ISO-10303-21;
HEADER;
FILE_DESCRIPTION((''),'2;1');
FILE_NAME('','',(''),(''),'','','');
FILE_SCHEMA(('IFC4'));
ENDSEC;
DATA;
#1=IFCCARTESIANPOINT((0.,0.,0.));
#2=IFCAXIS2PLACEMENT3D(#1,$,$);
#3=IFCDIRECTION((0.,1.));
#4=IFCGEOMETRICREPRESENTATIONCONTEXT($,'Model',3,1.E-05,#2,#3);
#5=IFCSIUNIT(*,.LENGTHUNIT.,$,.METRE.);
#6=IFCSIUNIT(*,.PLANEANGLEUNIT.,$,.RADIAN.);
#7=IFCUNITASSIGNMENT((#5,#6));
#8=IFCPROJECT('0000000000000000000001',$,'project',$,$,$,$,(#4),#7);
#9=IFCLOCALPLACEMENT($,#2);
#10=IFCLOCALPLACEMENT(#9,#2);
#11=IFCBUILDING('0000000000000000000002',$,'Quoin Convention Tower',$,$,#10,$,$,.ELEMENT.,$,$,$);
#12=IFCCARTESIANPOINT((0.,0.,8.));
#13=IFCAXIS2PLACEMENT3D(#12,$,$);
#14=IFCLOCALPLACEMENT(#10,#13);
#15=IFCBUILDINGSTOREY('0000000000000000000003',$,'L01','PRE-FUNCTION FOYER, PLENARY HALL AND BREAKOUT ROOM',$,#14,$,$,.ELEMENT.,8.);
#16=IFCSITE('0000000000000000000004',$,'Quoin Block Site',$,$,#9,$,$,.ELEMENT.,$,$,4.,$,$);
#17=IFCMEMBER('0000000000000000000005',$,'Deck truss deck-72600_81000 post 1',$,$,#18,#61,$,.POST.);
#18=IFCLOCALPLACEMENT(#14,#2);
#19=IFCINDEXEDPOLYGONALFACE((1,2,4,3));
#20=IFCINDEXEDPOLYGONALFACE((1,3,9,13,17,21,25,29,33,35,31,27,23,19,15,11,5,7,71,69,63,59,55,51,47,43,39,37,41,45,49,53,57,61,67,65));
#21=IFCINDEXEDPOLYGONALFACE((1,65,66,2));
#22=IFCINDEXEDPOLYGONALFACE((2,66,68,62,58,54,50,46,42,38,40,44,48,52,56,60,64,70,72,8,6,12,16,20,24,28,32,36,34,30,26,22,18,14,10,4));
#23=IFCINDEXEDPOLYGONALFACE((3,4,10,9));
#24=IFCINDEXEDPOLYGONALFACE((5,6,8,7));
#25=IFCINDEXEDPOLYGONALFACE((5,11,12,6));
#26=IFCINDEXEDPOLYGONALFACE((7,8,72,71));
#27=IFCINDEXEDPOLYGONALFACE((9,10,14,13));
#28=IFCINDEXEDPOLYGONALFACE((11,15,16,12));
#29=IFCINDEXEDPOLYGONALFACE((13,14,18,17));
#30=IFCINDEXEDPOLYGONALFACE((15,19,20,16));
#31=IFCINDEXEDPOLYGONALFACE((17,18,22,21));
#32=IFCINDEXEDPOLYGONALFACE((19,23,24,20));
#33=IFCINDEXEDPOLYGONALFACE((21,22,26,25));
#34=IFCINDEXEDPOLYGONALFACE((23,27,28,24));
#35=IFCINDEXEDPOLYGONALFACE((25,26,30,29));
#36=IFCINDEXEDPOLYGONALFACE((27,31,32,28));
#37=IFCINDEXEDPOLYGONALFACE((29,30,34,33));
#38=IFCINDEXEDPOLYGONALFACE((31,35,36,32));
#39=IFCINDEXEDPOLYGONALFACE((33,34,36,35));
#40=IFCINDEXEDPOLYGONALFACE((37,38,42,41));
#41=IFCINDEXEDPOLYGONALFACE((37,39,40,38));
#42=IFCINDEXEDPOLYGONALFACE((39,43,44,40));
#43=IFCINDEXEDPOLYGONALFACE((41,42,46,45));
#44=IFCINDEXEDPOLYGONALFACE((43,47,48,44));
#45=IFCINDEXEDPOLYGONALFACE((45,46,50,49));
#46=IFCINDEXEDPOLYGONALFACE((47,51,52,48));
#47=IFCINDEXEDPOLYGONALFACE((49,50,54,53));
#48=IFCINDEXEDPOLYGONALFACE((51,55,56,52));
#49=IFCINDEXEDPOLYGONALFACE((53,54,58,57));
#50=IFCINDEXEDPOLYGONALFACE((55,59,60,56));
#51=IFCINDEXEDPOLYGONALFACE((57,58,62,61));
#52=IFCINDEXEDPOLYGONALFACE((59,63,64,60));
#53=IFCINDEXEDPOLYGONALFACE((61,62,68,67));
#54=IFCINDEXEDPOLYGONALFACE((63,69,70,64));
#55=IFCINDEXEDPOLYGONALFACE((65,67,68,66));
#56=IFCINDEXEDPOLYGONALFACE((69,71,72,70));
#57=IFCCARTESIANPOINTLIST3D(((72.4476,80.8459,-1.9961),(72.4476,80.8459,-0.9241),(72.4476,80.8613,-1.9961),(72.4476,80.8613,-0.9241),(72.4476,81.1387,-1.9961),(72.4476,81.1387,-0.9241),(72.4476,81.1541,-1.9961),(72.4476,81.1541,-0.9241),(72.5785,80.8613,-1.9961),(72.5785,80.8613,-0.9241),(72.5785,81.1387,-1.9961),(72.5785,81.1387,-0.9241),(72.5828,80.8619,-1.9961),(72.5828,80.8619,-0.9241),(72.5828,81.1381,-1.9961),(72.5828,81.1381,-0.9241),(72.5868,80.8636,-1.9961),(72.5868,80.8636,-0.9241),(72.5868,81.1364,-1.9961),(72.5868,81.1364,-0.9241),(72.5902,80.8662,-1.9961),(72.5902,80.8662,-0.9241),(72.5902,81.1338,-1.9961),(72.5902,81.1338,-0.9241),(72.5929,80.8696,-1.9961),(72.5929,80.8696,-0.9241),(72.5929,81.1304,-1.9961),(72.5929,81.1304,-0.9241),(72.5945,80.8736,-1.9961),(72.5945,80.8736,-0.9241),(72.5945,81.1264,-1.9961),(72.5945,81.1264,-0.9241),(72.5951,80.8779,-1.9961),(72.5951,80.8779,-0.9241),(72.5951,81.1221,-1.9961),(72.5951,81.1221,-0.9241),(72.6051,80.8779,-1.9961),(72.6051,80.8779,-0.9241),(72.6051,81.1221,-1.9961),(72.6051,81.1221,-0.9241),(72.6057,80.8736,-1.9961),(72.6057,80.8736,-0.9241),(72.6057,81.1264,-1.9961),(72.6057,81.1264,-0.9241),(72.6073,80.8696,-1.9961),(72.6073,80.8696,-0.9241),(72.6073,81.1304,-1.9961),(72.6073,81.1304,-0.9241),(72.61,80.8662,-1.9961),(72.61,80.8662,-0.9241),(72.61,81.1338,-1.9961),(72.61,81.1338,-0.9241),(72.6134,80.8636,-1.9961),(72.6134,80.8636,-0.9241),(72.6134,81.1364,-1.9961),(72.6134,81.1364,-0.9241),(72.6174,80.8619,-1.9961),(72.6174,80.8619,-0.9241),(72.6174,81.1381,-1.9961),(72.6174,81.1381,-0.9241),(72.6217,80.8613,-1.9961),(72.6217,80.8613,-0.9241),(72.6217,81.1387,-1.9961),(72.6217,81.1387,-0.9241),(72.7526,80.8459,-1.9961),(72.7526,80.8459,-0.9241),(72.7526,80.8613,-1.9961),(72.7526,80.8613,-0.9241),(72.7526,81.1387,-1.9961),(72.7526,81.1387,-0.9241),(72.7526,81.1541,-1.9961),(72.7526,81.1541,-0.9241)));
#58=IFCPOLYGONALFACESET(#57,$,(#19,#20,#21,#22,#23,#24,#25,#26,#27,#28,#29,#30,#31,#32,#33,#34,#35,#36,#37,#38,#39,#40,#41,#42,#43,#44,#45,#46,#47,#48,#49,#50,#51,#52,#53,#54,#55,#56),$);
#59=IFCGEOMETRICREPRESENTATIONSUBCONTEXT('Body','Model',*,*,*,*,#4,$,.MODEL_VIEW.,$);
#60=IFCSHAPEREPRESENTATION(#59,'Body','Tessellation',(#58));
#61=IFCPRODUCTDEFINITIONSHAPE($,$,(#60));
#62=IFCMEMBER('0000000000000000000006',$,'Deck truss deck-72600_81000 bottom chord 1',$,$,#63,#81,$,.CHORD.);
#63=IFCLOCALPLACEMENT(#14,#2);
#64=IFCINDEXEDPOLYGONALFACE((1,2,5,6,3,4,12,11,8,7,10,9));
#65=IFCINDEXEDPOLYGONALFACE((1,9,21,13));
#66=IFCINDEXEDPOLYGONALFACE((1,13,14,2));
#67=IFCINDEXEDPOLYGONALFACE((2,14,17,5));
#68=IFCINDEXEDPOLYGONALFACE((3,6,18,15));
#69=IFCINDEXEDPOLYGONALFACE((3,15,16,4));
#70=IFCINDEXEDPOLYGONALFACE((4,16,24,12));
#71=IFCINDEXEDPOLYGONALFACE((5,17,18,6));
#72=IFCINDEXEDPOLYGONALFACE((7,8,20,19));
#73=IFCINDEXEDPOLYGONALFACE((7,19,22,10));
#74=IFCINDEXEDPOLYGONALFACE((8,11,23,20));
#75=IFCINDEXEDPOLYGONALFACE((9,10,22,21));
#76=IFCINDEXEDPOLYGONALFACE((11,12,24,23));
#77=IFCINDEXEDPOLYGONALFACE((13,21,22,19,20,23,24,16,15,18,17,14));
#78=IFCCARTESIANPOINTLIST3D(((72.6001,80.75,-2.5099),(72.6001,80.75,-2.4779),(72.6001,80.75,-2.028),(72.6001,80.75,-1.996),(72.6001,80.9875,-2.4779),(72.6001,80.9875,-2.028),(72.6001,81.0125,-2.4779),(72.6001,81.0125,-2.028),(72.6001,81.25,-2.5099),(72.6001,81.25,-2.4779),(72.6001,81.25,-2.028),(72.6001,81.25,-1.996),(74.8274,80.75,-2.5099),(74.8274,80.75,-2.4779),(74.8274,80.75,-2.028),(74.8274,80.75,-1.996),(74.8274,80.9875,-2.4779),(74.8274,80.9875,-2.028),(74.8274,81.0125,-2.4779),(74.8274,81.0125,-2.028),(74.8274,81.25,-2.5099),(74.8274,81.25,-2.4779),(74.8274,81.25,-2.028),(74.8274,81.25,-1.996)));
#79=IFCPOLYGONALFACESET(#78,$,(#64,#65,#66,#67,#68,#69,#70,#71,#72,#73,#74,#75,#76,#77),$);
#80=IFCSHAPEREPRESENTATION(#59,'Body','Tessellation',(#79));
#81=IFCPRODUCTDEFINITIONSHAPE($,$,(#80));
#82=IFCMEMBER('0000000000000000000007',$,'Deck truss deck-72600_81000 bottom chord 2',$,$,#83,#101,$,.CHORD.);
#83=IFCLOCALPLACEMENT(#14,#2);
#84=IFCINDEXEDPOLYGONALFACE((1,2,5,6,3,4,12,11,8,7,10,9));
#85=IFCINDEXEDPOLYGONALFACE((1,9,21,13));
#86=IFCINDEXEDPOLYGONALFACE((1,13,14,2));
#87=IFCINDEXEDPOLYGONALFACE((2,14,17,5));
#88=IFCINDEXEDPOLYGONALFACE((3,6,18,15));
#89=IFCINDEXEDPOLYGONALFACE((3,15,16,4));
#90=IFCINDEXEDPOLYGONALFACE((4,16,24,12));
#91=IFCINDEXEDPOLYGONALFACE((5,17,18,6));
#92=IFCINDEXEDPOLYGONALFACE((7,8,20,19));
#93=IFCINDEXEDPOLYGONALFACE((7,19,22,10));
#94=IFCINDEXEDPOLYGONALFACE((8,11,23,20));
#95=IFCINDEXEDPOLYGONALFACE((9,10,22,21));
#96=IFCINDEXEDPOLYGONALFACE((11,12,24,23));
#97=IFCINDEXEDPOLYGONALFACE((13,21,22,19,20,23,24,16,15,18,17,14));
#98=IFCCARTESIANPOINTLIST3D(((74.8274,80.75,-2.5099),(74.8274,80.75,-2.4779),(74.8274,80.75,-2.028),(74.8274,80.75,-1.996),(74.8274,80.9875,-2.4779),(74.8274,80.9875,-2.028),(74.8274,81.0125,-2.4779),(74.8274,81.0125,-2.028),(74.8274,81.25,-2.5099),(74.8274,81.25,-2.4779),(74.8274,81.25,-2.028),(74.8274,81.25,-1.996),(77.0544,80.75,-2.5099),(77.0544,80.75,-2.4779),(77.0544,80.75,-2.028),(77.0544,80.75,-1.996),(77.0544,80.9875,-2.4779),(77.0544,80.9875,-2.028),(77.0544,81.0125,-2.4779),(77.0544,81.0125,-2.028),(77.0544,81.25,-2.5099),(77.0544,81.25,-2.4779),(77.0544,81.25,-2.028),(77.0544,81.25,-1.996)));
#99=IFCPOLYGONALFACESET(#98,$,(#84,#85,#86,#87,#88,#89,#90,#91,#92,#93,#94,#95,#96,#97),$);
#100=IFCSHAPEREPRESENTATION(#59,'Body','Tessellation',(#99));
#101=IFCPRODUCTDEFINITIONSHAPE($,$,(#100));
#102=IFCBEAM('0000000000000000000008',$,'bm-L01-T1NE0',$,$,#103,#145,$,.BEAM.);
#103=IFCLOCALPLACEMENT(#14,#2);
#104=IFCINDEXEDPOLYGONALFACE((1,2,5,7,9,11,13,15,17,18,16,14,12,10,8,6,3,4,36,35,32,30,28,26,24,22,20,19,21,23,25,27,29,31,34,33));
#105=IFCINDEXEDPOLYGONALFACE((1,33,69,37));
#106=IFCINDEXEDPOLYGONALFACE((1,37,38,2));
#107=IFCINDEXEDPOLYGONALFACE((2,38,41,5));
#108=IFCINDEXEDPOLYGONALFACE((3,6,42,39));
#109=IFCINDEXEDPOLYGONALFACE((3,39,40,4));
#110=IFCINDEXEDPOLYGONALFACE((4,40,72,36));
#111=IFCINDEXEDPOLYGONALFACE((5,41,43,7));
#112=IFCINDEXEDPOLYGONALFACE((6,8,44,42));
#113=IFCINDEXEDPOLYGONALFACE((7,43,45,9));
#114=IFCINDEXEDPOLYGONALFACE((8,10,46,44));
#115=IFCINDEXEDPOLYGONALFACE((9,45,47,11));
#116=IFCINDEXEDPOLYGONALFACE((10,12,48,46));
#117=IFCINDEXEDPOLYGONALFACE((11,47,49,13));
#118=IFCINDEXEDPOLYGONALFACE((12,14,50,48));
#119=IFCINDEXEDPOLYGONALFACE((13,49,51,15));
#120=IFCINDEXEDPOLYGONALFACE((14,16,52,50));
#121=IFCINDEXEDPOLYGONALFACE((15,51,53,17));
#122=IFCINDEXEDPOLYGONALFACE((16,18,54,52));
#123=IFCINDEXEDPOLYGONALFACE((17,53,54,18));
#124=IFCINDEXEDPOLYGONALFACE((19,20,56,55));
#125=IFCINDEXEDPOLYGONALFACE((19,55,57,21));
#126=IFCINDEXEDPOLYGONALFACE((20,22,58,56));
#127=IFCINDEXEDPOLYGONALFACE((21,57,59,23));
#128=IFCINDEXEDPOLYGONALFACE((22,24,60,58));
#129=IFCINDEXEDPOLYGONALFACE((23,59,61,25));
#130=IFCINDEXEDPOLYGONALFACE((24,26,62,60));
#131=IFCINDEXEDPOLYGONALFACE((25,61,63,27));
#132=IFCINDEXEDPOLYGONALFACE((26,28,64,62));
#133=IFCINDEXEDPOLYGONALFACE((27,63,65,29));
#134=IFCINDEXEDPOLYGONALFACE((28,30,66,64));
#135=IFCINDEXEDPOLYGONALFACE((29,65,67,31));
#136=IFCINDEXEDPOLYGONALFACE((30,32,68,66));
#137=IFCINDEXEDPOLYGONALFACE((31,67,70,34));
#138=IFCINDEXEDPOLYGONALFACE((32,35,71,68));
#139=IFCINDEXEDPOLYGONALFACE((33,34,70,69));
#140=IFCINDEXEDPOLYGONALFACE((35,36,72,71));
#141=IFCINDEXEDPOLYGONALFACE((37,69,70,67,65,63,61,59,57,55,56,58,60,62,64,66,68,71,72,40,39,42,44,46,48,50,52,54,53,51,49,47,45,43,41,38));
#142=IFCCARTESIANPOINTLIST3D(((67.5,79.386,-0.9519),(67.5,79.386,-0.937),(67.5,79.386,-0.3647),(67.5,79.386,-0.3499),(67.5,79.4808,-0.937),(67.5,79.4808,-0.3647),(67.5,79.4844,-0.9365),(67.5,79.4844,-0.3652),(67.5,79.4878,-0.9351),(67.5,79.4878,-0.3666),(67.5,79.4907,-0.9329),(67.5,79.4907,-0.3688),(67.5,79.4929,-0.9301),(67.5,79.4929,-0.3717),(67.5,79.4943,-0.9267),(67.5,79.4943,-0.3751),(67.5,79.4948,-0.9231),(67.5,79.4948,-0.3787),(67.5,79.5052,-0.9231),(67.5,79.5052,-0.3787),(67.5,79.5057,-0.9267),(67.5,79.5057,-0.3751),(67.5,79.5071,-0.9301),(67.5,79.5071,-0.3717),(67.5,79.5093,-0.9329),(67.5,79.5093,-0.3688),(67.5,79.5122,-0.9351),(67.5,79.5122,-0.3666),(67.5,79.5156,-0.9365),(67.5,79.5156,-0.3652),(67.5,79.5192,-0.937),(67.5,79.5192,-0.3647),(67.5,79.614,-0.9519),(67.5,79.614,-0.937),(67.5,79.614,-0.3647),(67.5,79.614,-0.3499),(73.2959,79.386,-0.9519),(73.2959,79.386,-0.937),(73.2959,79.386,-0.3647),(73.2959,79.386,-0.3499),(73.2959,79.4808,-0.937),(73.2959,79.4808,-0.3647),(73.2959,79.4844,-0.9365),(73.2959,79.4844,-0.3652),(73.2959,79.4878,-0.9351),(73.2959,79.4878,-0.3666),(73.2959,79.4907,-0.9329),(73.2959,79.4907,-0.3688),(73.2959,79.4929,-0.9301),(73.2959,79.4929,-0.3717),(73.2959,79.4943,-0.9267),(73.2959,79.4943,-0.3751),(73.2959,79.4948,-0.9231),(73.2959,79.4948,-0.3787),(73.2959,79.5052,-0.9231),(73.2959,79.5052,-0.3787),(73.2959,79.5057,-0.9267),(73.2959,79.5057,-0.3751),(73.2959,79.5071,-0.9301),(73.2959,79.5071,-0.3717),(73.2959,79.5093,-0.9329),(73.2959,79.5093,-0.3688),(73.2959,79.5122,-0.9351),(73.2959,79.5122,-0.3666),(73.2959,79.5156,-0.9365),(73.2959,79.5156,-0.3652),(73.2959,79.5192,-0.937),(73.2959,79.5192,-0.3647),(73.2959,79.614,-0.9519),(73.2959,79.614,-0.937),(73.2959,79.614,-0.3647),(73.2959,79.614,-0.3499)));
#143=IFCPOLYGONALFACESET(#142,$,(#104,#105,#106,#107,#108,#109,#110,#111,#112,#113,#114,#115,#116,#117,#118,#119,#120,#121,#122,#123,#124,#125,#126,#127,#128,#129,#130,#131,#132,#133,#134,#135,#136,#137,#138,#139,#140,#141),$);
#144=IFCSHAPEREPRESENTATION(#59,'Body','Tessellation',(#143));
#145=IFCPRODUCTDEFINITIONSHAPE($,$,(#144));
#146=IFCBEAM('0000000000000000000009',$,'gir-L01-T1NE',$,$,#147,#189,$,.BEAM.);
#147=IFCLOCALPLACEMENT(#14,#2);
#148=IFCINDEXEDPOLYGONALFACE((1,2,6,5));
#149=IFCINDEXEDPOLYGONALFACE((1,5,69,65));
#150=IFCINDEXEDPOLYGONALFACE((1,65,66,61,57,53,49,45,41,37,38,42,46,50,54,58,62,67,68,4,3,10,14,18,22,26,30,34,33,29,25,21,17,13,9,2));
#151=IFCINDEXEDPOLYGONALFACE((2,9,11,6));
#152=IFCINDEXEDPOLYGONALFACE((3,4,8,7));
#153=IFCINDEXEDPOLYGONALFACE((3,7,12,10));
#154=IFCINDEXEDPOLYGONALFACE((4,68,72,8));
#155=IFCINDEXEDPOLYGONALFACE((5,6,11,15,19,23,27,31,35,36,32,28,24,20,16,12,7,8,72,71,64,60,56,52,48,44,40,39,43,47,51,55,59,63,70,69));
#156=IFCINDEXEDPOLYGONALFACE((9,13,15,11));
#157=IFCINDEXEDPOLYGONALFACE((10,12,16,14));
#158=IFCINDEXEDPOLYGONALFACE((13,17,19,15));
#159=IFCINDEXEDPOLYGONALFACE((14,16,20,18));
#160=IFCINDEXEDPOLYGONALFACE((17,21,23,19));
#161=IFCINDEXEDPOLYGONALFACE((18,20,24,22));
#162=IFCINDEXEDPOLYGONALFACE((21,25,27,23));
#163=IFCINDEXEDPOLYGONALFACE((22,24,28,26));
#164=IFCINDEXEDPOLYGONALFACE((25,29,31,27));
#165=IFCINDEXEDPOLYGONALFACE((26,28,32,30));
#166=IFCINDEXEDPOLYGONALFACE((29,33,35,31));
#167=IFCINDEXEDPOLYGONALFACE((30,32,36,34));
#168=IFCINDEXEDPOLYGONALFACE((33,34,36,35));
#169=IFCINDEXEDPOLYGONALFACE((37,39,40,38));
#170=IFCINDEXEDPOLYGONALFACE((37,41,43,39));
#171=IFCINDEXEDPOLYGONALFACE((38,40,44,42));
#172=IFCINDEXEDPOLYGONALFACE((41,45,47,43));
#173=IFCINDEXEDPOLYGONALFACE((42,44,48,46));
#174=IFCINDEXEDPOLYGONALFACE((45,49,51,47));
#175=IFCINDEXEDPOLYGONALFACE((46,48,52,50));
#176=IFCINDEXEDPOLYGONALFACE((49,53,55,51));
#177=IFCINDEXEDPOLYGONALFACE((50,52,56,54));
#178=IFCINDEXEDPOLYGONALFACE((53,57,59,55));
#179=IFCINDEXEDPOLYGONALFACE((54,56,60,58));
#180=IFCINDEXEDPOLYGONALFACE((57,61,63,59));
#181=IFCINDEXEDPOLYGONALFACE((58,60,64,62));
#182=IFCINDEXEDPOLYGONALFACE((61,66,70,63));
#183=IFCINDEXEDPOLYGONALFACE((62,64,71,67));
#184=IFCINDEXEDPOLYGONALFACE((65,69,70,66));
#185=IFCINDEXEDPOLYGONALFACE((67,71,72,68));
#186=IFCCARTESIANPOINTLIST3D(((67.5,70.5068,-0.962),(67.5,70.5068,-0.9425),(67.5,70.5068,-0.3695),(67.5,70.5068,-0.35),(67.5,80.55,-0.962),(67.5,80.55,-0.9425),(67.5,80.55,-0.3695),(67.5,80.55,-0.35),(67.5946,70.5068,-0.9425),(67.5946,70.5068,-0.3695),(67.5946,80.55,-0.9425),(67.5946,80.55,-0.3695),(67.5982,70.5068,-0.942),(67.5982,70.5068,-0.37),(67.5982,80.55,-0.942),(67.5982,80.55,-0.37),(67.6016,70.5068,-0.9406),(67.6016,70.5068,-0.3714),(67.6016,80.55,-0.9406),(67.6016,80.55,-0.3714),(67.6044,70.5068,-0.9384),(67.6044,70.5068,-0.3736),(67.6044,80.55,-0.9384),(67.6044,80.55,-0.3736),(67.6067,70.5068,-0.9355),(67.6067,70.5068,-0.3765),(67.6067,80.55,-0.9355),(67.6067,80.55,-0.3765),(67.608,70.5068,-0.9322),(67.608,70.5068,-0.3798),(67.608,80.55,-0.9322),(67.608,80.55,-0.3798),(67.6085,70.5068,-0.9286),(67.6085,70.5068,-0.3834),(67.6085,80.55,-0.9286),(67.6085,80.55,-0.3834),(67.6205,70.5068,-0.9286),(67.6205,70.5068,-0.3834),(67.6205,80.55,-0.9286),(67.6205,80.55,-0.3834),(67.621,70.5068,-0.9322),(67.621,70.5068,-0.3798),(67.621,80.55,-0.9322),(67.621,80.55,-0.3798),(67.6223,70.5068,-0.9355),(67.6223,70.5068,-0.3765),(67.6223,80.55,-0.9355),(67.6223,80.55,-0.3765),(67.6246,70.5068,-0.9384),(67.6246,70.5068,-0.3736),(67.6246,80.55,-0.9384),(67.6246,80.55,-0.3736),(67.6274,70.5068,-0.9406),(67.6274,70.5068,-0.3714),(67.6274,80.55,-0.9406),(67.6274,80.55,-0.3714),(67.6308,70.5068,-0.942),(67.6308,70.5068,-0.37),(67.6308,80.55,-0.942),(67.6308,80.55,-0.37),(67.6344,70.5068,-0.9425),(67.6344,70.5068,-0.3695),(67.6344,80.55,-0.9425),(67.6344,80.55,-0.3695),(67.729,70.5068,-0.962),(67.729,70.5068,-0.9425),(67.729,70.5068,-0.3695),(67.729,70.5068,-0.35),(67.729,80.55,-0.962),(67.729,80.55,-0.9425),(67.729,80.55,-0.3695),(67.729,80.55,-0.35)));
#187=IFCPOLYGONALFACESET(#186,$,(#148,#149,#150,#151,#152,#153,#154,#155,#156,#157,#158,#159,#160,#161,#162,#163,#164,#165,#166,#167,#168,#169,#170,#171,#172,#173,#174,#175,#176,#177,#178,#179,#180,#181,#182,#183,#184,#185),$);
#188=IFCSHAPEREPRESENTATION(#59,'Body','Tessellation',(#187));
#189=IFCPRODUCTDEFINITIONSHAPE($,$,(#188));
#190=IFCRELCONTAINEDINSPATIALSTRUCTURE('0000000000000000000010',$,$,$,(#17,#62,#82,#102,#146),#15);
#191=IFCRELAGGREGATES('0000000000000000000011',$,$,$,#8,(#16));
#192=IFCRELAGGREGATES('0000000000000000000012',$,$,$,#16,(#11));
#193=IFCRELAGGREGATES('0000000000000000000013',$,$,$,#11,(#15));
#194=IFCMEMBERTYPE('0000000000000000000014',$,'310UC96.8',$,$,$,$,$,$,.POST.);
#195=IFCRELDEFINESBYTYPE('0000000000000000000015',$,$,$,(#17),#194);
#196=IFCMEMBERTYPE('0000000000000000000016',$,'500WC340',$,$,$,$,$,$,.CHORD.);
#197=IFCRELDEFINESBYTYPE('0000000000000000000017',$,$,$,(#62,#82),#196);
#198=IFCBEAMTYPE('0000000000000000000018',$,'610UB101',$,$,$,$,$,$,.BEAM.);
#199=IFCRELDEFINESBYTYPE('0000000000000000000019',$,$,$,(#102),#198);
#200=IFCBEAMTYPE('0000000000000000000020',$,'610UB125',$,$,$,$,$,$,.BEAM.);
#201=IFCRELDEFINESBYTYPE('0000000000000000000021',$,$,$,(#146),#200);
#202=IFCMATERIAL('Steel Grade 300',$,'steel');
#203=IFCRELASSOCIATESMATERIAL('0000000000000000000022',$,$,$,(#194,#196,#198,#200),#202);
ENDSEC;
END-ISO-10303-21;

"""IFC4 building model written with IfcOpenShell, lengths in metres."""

from ifc_helpers import new_model, si_unit, direction, frame, origin, origin_2d, place, context, subcontext, project, spatial, i_section, extrude, material, material_profile, profile_set, type_object, element, save


model = new_model("IFC4")

# Units and contexts
model_context = context("Model", 3, precision=1e-05, world=origin(), true_north=direction((0.0, 1.0)))
body_context = subcontext(model_context, "Body", "Model", "MODEL_VIEW")
ifc_project = project(units=[si_unit("LENGTHUNIT", "METRE"), si_unit("PLANEANGLEUNIT", "RADIAN")], contexts=[model_context])

# Site, building, storey
site_placement = place(None, origin())
site = spatial("IfcSite", under=ifc_project, at=site_placement, Name="Quoin Block Site", CompositionType="ELEMENT", RefElevation=4.0)
building_placement = place(site_placement, origin())
building = spatial("IfcBuilding", under=site, at=building_placement, Name="Quoin Convention Tower", CompositionType="ELEMENT")
storey_placement = place(building_placement, frame((0.0, 0.0, 8.0)))
storey = spatial("IfcBuildingStorey", under=building, at=storey_placement, Name="L01", Description="PRE-FUNCTION FOYER, PLENARY HALL AND BREAKOUT ROOM", CompositionType="ELEMENT", Elevation=8.0)

# Shared definitions
ifc_material_1 = material(Name="Steel Grade 300", Category="steel")

# Members
ifc_material_profile_1 = material_profile(ifc_material_1, i_section(OverallWidth=0.3049, OverallDepth=0.3081, WebThickness=0.01, FlangeThickness=0.0154, FilletRadius=0.0166, at=origin_2d()), Name="310UC96.8")
ifc_profile_set_1 = profile_set([ifc_material_profile_1], Name="Steel Grade 300")
member_type_1 = type_object("IfcMemberType", Name="310UC96.8", PredefinedType="POST", material=ifc_profile_set_1)
member_1_placement = place(storey_placement, frame((72.6001, 81.0, -1.9961), z_axis=(0.0, 0.0, 1.0), x_axis=(1.0, 0.0, 0.0)))
element("IfcMember", 1, at=member_1_placement, inside=storey, type_object=member_type_1, Name="Deck truss deck-72600_81000 post 1", PredefinedType="POST", context=body_context, shape_type="SweptSolid", body=[
    extrude(i_section(OverallWidth=0.3049, OverallDepth=0.3081, WebThickness=0.01, FlangeThickness=0.0154, FilletRadius=0.0166, at=origin_2d()), origin(), (0.0, 0.0, 1.0), 1.072),
])
ifc_material_profile_2 = material_profile(ifc_material_1, i_section(OverallWidth=0.5, OverallDepth=0.5139, WebThickness=0.0249, FlangeThickness=0.032, at=origin_2d()), Name="500WC340")
ifc_profile_set_2 = profile_set([ifc_material_profile_2], Name="Steel Grade 300")
member_type_2 = type_object("IfcMemberType", Name="500WC340", PredefinedType="CHORD", material=ifc_profile_set_2)
member_2_placement = place(storey_placement, frame((72.6001, 81.0, -2.2529), z_axis=(1.0, 0.0, 0.0), x_axis=(0.0, 1.0, 0.0)))
element("IfcMember", 2, at=member_2_placement, inside=storey, type_object=member_type_2, Name="Deck truss deck-72600_81000 bottom chord 1", PredefinedType="CHORD", context=body_context, shape_type="SweptSolid", body=[
    extrude(i_section(OverallWidth=0.5, OverallDepth=0.5139, WebThickness=0.0249, FlangeThickness=0.032, at=origin_2d()), origin(), (0.0, 0.0, 1.0), 2.2273),
])
member_3_placement = place(storey_placement, frame((74.8274, 81.0, -2.2529), z_axis=(1.0, 0.0, 0.0), x_axis=(0.0, 1.0, 0.0)))
element("IfcMember", 3, at=member_3_placement, inside=storey, type_object=member_type_2, Name="Deck truss deck-72600_81000 bottom chord 2", PredefinedType="CHORD", context=body_context, shape_type="SweptSolid", body=[
    extrude(i_section(OverallWidth=0.5, OverallDepth=0.5139, WebThickness=0.0249, FlangeThickness=0.032, at=origin_2d()), origin(), (0.0, 0.0, 1.0), 2.2271),
])

# Beams
ifc_material_profile_3 = material_profile(ifc_material_1, i_section(OverallWidth=0.228, OverallDepth=0.6021, WebThickness=0.0105, FlangeThickness=0.0149, FilletRadius=0.0139, at=origin_2d()), Name="610UB101")
ifc_profile_set_3 = profile_set([ifc_material_profile_3], Name="Steel Grade 300")
beam_type_1 = type_object("IfcBeamType", Name="610UB101", PredefinedType="BEAM", material=ifc_profile_set_3)
beam_1_placement = place(storey_placement, frame((67.5, 79.5, -0.6509), z_axis=(1.0, 0.0, 0.0), x_axis=(0.0, 1.0, 0.0)))
element("IfcBeam", 4, at=beam_1_placement, inside=storey, type_object=beam_type_1, Name="bm-L01-T1NE0", PredefinedType="BEAM", context=body_context, shape_type="SweptSolid", body=[
    extrude(i_section(OverallWidth=0.228, OverallDepth=0.6021, WebThickness=0.0105, FlangeThickness=0.0149, FilletRadius=0.0139, at=origin_2d()), origin(), (0.0, 0.0, 1.0), 5.7959),
])
ifc_material_profile_4 = material_profile(ifc_material_1, i_section(OverallWidth=0.229, OverallDepth=0.6121, WebThickness=0.012, FlangeThickness=0.0195, FilletRadius=0.0139, at=origin_2d()), Name="610UB125")
ifc_profile_set_4 = profile_set([ifc_material_profile_4], Name="Steel Grade 300")
beam_type_2 = type_object("IfcBeamType", Name="610UB125", PredefinedType="BEAM", material=ifc_profile_set_4)
beam_2_placement = place(storey_placement, frame((67.6145, 80.55, -0.656), z_axis=(0.0, -1.0, 0.0), x_axis=(1.0, 0.0, 0.0)))
element("IfcBeam", 5, at=beam_2_placement, inside=storey, type_object=beam_type_2, Name="gir-L01-T1NE", PredefinedType="BEAM", context=body_context, shape_type="SweptSolid", body=[
    extrude(i_section(OverallWidth=0.229, OverallDepth=0.6121, WebThickness=0.012, FlangeThickness=0.0195, FilletRadius=0.0139, at=origin_2d()), origin(), (0.0, 0.0, 1.0), 10.0432),
])

save(model, "model.ifc")
